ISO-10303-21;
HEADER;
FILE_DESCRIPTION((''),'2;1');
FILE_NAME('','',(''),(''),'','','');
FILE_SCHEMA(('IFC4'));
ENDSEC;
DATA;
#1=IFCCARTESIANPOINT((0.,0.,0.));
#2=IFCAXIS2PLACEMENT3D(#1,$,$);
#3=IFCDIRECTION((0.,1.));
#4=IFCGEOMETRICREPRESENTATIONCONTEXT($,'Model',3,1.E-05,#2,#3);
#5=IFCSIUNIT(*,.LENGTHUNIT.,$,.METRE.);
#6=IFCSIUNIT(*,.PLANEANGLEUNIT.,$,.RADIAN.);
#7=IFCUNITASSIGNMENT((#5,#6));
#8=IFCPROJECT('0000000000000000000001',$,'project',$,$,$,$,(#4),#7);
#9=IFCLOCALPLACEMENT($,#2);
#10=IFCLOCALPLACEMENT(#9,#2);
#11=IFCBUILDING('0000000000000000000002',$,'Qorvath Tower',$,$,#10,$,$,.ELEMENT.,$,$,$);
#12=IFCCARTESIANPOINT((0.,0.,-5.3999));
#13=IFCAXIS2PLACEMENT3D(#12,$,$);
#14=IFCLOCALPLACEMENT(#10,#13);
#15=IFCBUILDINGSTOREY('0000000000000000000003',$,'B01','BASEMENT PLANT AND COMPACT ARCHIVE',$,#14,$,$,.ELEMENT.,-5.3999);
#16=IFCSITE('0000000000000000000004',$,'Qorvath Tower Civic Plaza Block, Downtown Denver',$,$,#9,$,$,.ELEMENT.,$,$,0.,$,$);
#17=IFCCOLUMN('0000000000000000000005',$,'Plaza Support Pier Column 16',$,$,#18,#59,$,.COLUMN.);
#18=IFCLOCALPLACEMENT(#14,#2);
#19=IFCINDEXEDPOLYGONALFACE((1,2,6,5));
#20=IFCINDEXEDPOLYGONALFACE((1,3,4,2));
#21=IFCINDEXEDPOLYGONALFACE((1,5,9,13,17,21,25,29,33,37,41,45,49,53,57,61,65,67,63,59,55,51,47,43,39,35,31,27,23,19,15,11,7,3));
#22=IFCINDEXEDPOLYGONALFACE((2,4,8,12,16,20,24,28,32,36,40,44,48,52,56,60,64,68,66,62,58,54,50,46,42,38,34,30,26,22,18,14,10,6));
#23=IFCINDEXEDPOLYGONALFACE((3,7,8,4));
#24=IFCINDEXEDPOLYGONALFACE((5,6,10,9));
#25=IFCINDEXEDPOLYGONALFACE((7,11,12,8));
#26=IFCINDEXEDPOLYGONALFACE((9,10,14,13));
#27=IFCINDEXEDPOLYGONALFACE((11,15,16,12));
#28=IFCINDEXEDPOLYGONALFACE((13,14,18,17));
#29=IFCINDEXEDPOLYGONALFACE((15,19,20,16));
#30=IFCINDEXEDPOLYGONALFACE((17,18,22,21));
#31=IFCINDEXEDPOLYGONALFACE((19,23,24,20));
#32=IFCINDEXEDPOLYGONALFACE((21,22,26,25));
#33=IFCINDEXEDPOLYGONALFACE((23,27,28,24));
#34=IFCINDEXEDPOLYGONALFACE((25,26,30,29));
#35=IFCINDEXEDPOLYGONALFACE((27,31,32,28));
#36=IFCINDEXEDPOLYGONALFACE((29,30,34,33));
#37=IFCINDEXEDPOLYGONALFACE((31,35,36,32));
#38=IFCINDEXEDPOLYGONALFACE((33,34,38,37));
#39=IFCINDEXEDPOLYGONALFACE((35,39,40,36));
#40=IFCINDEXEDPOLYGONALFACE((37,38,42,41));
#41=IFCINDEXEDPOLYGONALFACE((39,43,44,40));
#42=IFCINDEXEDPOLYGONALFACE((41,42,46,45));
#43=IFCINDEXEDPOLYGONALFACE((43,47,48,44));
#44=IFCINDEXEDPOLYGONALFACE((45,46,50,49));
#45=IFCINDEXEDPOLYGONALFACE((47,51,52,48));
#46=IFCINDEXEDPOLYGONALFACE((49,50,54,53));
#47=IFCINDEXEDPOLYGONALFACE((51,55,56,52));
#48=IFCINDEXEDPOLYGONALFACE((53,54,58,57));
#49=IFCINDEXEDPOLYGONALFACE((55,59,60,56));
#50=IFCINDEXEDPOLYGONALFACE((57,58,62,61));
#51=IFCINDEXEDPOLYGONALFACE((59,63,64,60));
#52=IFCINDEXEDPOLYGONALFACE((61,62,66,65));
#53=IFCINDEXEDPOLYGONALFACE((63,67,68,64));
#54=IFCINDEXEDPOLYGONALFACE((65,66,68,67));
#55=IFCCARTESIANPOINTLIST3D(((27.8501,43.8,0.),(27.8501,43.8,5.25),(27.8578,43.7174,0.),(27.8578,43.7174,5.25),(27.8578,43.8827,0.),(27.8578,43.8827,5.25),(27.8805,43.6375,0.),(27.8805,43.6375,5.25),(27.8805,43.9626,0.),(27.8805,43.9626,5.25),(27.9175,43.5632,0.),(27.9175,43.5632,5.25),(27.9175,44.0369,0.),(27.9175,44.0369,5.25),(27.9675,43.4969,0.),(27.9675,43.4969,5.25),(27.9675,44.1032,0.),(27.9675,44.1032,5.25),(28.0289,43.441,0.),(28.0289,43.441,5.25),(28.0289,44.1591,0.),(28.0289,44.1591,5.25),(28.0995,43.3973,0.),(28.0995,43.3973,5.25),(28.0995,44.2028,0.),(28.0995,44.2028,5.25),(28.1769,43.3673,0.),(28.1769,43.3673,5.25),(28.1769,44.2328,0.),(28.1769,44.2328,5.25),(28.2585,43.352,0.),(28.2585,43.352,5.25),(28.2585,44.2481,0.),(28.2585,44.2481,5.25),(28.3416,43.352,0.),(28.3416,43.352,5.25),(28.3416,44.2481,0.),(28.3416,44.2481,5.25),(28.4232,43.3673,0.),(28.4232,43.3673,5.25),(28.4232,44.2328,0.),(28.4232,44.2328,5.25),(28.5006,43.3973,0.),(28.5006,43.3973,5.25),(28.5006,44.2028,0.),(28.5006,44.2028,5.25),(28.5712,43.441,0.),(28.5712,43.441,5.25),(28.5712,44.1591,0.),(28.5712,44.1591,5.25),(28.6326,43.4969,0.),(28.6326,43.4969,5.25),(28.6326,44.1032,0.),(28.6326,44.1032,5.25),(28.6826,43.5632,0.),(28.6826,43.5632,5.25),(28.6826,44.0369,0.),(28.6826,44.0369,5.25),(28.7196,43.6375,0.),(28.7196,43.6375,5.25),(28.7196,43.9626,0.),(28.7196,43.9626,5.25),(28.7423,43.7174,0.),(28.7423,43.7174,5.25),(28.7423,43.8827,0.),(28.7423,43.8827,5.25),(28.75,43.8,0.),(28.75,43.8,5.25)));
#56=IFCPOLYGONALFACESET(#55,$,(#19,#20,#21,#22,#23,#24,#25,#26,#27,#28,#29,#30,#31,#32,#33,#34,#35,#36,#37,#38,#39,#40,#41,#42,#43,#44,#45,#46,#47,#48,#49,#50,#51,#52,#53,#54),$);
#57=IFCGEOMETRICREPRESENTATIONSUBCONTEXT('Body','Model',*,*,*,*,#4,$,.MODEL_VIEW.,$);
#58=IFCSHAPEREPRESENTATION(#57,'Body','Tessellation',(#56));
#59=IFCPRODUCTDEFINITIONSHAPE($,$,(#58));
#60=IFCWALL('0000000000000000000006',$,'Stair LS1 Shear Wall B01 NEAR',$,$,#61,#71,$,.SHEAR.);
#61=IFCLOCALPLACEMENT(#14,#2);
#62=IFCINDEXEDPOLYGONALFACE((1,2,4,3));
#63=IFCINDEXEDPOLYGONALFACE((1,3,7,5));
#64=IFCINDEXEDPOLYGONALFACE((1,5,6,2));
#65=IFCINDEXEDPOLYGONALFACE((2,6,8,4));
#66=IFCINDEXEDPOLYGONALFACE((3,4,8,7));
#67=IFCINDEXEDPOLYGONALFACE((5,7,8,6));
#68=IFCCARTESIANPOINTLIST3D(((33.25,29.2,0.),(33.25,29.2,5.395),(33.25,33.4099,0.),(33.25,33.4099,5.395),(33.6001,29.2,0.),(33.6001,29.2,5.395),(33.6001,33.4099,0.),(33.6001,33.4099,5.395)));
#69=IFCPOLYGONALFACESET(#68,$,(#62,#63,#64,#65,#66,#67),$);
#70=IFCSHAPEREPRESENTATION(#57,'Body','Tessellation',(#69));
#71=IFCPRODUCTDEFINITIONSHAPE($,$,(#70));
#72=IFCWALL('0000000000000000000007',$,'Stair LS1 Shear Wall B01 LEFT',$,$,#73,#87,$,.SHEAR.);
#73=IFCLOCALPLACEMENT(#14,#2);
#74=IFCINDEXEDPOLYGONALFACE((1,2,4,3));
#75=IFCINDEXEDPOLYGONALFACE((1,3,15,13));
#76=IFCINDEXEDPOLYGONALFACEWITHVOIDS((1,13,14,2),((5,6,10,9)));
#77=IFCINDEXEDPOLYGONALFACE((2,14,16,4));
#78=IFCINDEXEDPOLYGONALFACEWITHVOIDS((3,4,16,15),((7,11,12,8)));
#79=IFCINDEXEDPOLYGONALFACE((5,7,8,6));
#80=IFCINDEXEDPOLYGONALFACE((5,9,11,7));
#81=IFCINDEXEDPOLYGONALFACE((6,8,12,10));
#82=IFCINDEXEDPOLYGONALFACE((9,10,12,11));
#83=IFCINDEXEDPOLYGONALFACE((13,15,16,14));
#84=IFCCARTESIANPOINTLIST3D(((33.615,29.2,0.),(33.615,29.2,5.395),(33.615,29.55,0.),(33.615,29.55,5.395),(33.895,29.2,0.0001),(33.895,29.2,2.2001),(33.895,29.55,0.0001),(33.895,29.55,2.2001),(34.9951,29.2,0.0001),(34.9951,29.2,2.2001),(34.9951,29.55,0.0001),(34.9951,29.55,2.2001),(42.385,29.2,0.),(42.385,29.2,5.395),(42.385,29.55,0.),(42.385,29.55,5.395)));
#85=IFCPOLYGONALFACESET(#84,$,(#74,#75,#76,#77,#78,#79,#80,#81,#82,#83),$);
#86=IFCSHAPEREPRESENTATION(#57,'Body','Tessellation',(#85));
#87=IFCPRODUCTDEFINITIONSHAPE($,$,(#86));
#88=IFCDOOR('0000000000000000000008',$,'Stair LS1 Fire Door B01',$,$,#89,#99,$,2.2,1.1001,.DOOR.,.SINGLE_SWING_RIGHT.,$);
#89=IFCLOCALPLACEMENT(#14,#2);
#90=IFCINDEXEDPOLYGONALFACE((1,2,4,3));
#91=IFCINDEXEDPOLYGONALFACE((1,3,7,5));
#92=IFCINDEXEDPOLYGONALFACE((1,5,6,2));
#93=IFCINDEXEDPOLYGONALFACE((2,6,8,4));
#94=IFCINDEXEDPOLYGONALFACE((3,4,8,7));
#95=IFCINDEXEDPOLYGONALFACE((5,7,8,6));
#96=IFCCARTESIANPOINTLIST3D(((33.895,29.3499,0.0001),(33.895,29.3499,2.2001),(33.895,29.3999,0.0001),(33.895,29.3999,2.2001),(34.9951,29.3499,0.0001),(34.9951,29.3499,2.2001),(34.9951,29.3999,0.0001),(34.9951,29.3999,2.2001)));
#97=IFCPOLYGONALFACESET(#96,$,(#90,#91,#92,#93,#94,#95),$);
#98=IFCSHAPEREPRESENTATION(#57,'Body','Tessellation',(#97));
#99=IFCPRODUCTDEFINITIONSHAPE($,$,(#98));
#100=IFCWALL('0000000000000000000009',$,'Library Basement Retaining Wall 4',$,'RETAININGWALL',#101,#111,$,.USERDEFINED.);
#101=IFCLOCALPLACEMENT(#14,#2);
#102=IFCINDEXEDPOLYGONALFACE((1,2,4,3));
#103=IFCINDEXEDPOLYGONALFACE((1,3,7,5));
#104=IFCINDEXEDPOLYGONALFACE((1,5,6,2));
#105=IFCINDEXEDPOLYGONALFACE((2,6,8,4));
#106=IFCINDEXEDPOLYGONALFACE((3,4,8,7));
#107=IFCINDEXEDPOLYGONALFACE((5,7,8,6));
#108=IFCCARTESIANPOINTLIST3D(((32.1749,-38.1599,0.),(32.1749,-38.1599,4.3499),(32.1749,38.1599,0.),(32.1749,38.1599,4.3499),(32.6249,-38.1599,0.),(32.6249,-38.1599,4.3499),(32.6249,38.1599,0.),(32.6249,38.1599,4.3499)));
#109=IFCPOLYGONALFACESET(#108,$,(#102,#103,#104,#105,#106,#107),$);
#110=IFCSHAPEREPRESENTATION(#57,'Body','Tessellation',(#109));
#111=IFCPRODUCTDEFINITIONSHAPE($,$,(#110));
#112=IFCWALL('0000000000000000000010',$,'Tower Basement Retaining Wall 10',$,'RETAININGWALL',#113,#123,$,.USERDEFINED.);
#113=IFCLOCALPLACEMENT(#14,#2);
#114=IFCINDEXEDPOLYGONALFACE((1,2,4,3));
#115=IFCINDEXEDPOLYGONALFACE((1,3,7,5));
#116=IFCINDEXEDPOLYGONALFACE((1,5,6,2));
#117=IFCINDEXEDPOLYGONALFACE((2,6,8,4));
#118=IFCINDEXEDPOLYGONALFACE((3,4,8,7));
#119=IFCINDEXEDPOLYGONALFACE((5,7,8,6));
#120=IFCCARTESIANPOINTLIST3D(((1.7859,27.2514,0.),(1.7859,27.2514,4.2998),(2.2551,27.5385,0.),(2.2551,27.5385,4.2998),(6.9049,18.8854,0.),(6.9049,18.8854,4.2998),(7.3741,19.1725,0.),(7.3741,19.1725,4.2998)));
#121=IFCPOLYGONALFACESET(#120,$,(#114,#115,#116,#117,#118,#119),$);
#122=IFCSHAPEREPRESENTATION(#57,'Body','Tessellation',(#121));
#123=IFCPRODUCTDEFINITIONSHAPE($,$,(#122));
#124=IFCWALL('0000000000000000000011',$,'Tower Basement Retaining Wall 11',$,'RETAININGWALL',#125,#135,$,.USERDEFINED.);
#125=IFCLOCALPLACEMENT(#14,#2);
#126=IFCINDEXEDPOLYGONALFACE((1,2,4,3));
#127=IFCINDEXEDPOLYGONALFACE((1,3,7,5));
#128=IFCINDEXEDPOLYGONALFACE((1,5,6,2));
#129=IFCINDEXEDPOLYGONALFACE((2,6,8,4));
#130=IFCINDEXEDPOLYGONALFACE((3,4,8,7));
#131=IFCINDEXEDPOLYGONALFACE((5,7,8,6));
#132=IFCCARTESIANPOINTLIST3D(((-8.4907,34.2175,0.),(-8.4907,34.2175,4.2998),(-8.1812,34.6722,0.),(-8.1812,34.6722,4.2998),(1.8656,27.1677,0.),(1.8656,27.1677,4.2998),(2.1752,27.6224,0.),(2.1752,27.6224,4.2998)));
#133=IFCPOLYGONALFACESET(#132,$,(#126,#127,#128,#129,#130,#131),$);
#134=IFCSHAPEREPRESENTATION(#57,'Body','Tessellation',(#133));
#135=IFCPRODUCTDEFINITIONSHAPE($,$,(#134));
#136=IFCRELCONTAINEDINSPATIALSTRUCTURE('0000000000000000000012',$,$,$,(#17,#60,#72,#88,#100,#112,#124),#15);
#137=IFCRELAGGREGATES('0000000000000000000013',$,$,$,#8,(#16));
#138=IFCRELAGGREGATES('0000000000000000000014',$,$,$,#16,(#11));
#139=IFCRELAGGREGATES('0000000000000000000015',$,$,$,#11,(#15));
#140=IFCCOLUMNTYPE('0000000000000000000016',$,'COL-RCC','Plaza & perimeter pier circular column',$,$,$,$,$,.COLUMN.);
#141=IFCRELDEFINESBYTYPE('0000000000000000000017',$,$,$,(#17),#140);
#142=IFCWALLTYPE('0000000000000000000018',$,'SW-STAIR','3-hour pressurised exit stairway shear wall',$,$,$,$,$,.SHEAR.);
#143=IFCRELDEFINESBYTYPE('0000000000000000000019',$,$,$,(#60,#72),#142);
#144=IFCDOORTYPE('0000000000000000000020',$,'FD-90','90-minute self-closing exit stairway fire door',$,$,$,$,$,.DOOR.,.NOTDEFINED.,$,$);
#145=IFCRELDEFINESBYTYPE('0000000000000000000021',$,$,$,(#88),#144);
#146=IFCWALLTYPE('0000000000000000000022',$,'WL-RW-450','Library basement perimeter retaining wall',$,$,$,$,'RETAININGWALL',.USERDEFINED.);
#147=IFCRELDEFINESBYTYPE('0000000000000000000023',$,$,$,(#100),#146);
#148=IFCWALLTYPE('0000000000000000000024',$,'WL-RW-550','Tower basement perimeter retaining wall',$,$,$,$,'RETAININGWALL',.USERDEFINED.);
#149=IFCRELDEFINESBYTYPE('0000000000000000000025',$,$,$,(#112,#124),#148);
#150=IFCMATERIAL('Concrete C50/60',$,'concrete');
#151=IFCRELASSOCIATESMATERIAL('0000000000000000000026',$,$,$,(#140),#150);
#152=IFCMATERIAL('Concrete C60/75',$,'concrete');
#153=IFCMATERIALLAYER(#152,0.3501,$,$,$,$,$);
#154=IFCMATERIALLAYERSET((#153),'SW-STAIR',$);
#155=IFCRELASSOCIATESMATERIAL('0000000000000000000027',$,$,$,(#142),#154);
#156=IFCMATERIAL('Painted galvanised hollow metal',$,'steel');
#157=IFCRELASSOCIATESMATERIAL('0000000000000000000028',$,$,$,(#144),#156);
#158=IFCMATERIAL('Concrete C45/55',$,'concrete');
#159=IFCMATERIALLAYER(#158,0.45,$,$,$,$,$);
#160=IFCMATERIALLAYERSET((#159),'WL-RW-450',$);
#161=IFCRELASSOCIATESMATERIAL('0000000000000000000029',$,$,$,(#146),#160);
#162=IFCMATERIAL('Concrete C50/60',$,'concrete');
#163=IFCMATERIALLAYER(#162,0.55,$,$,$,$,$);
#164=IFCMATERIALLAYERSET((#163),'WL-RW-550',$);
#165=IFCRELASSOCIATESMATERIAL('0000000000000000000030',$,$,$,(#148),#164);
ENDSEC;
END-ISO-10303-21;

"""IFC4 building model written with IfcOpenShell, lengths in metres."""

from ifc_helpers import new_model, si_unit, direction, frame, frame_2d, origin, origin_2d, place, context, subcontext, project, spatial, rectangle, circle, extrude, material, layer, layer_set, material_profile, profile_set, type_object, element, fill, save


model = new_model("IFC4")

# Units and contexts
model_context = context("Model", 3, precision=1e-05, world=origin(), true_north=direction((0.0, 1.0)))
body_context = subcontext(model_context, "Body", "Model", "MODEL_VIEW")
ifc_project = project(units=[si_unit("LENGTHUNIT", "METRE"), si_unit("PLANEANGLEUNIT", "RADIAN")], contexts=[model_context])

# Site, building, storey
site_placement = place(None, origin())
site = spatial("IfcSite", under=ifc_project, at=site_placement, Name="Qorvath Tower Civic Plaza Block, Downtown Denver", CompositionType="ELEMENT", RefElevation=0.0)
building_placement = place(site_placement, origin())
building = spatial("IfcBuilding", under=site, at=building_placement, Name="Qorvath Tower", CompositionType="ELEMENT")
storey_placement = place(building_placement, frame((0.0, 0.0, -5.3999)))
storey = spatial("IfcBuildingStorey", under=building, at=storey_placement, Name="B01", Description="BASEMENT PLANT AND COMPACT ARCHIVE", CompositionType="ELEMENT", Elevation=-5.3999)

# Column
ifc_material_1 = material(Name="Concrete C50/60", Category="concrete")
ifc_material_profile_1 = material_profile(ifc_material_1, circle(Radius=0.45, at=origin_2d()), Name="RCC 900")
ifc_profile_set_1 = profile_set([ifc_material_profile_1], Name="Concrete C50/60")
column_type_1 = type_object("IfcColumnType", Name="COL-RCC", Description="Plaza & perimeter pier circular column", PredefinedType="COLUMN", material=ifc_profile_set_1)
for number, where, z_axis, x_axis, name in (
    (1, (28.3, 43.8, 0.0), (0.0, 0.0, 1.0), (1.0, 0.0, 0.0), "Plaza Support Pier Column 16"),
):
    element("IfcColumn", number, at=place(storey_placement, frame(where, z_axis=z_axis, x_axis=x_axis)), inside=storey, type_object=column_type_1, Name=name, PredefinedType="COLUMN", context=body_context, shape_type="SweptSolid", body=[
        extrude(circle(Radius=0.45, at=origin_2d()), origin(), (0.0, 0.0, 1.0), 5.25),
    ])

# Wall
ifc_material_2 = material(Name="Concrete C60/75", Category="concrete")
ifc_layer_1 = layer(ifc_material_2, 0.3501)
ifc_layer_set_1 = layer_set([ifc_layer_1], Name="SW-STAIR")
wall_type_1 = type_object("IfcWallType", Name="SW-STAIR", Description="3-hour pressurised exit stairway shear wall", PredefinedType="SHEAR", material=ifc_layer_set_1)
wall_1_placement = place(storey_placement, frame((33.425, 33.4099, 0.0), z_axis=(0.0, 0.0, 1.0), x_axis=(0.0, -1.0, 0.0)))
element("IfcWall", 2, at=wall_1_placement, inside=storey, type_object=wall_type_1, Name="Stair LS1 Shear Wall B01 NEAR", PredefinedType="SHEAR", context=body_context, shape_type="SweptSolid", body=[
    extrude(rectangle(XDim=4.21, YDim=0.3501, at=frame_2d((2.105, 0.0))), origin(), (0.0, 0.0, 1.0), 5.395),
])

# Wall, opening, door
wall_2_placement = place(storey_placement, frame((33.615, 29.375, 0.0), z_axis=(0.0, 0.0, 1.0), x_axis=(1.0, 0.0, 0.0)))
wall_2 = element("IfcWall", 3, at=wall_2_placement, inside=storey, type_object=wall_type_1, Name="Stair LS1 Shear Wall B01 LEFT", PredefinedType="SHEAR", context=body_context, shape_type="SweptSolid", body=[
    extrude(rectangle(XDim=8.77, YDim=0.3501, at=frame_2d((4.385, 0.0))), origin(), (0.0, 0.0, 1.0), 5.395),
])
opening_placement = place(wall_2_placement, frame((0.28, 0.0, 0.0)))
opening = element("IfcOpeningElement", 4, at=opening_placement, cuts=wall_2, PredefinedType="OPENING", context=body_context, shape_type="SweptSolid", body=[
    extrude(rectangle(XDim=1.1001, YDim=2.2, at=frame_2d((0.55, 1.1001))), frame((0.0, 0.1851, 0.0), z_axis=(0.0, -1.0, 0.0), x_axis=(1.0, 0.0, 0.0)), (0.0, 0.0, 1.0), 0.3701),
])
ifc_material_3 = material(Name="Painted galvanised hollow metal", Category="steel")
door_type = type_object("IfcDoorType", Name="FD-90", Description="90-minute self-closing exit stairway fire door", OperationType="NOTDEFINED", PredefinedType="DOOR", material=ifc_material_3)
door_placement = place(opening_placement, origin())
door = element("IfcDoor", 5, at=door_placement, inside=storey, type_object=door_type, Name="Stair LS1 Fire Door B01", OperationType="SINGLE_SWING_RIGHT", OverallHeight=2.2, OverallWidth=1.1001, PredefinedType="DOOR", context=body_context, shape_type="SweptSolid", body=[
    extrude(rectangle(XDim=1.1001, YDim=2.2, at=frame_2d((0.55, 1.1001))), frame((0.0, 0.0249, 0.0), z_axis=(0.0, -1.0, 0.0), x_axis=(1.0, 0.0, 0.0)), (0.0, 0.0, 1.0), 0.05),
])
fill(opening, door)

# Walls
ifc_material_4 = material(Name="Concrete C45/55", Category="concrete")
ifc_layer_2 = layer(ifc_material_4, 0.45)
ifc_layer_set_2 = layer_set([ifc_layer_2], Name="WL-RW-450")
wall_type_2 = type_object("IfcWallType", Name="WL-RW-450", Description="Library basement perimeter retaining wall", ElementType="RETAININGWALL", PredefinedType="USERDEFINED", material=ifc_layer_set_2)
wall_3_placement = place(storey_placement, frame((32.3999, 38.1599, 0.0), z_axis=(0.0, 0.0, 1.0), x_axis=(0.0, -1.0, 0.0)))
element("IfcWall", 6, at=wall_3_placement, inside=storey, type_object=wall_type_2, Name="Library Basement Retaining Wall 4", ObjectType="RETAININGWALL", PredefinedType="USERDEFINED", context=body_context, shape_type="SweptSolid", body=[
    extrude(rectangle(XDim=76.3198, YDim=0.45, at=frame_2d((38.1599, 0.0))), origin(), (0.0, 0.0, 1.0), 4.3499),
])
ifc_material_5 = material(Name="Concrete C50/60", Category="concrete")
ifc_layer_3 = layer(ifc_material_5, 0.55)
ifc_layer_set_3 = layer_set([ifc_layer_3], Name="WL-RW-550")
wall_type_3 = type_object("IfcWallType", Name="WL-RW-550", Description="Tower basement perimeter retaining wall", ElementType="RETAININGWALL", PredefinedType="USERDEFINED", material=ifc_layer_set_3)
wall_4_placement = place(storey_placement, frame((7.1394, 19.0291, 0.0), z_axis=(0.0, 0.0, 1.0), x_axis=(-0.521922, 0.852993, 0.0)))
element("IfcWall", 7, at=wall_4_placement, inside=storey, type_object=wall_type_3, Name="Tower Basement Retaining Wall 10", ObjectType="RETAININGWALL", PredefinedType="USERDEFINED", context=body_context, shape_type="SweptSolid", body=[
    extrude(rectangle(XDim=9.8079, YDim=0.55, at=frame_2d((4.9038, 0.0))), origin(), (0.0, 0.0, 1.0), 4.2998),
])
wall_5_placement = place(storey_placement, frame((2.0205, 27.395, 0.0), z_axis=(0.0, 0.0, 1.0), x_axis=(-0.826651, 0.562715, 0.0)))
element("IfcWall", 8, at=wall_5_placement, inside=storey, type_object=wall_type_3, Name="Tower Basement Retaining Wall 11", ObjectType="RETAININGWALL", PredefinedType="USERDEFINED", context=body_context, shape_type="SweptSolid", body=[
    extrude(rectangle(XDim=12.5281, YDim=0.55, at=frame_2d((6.2642, 0.0))), origin(), (0.0, 0.0, 1.0), 4.2998),
])

save(model, "model.ifc")
